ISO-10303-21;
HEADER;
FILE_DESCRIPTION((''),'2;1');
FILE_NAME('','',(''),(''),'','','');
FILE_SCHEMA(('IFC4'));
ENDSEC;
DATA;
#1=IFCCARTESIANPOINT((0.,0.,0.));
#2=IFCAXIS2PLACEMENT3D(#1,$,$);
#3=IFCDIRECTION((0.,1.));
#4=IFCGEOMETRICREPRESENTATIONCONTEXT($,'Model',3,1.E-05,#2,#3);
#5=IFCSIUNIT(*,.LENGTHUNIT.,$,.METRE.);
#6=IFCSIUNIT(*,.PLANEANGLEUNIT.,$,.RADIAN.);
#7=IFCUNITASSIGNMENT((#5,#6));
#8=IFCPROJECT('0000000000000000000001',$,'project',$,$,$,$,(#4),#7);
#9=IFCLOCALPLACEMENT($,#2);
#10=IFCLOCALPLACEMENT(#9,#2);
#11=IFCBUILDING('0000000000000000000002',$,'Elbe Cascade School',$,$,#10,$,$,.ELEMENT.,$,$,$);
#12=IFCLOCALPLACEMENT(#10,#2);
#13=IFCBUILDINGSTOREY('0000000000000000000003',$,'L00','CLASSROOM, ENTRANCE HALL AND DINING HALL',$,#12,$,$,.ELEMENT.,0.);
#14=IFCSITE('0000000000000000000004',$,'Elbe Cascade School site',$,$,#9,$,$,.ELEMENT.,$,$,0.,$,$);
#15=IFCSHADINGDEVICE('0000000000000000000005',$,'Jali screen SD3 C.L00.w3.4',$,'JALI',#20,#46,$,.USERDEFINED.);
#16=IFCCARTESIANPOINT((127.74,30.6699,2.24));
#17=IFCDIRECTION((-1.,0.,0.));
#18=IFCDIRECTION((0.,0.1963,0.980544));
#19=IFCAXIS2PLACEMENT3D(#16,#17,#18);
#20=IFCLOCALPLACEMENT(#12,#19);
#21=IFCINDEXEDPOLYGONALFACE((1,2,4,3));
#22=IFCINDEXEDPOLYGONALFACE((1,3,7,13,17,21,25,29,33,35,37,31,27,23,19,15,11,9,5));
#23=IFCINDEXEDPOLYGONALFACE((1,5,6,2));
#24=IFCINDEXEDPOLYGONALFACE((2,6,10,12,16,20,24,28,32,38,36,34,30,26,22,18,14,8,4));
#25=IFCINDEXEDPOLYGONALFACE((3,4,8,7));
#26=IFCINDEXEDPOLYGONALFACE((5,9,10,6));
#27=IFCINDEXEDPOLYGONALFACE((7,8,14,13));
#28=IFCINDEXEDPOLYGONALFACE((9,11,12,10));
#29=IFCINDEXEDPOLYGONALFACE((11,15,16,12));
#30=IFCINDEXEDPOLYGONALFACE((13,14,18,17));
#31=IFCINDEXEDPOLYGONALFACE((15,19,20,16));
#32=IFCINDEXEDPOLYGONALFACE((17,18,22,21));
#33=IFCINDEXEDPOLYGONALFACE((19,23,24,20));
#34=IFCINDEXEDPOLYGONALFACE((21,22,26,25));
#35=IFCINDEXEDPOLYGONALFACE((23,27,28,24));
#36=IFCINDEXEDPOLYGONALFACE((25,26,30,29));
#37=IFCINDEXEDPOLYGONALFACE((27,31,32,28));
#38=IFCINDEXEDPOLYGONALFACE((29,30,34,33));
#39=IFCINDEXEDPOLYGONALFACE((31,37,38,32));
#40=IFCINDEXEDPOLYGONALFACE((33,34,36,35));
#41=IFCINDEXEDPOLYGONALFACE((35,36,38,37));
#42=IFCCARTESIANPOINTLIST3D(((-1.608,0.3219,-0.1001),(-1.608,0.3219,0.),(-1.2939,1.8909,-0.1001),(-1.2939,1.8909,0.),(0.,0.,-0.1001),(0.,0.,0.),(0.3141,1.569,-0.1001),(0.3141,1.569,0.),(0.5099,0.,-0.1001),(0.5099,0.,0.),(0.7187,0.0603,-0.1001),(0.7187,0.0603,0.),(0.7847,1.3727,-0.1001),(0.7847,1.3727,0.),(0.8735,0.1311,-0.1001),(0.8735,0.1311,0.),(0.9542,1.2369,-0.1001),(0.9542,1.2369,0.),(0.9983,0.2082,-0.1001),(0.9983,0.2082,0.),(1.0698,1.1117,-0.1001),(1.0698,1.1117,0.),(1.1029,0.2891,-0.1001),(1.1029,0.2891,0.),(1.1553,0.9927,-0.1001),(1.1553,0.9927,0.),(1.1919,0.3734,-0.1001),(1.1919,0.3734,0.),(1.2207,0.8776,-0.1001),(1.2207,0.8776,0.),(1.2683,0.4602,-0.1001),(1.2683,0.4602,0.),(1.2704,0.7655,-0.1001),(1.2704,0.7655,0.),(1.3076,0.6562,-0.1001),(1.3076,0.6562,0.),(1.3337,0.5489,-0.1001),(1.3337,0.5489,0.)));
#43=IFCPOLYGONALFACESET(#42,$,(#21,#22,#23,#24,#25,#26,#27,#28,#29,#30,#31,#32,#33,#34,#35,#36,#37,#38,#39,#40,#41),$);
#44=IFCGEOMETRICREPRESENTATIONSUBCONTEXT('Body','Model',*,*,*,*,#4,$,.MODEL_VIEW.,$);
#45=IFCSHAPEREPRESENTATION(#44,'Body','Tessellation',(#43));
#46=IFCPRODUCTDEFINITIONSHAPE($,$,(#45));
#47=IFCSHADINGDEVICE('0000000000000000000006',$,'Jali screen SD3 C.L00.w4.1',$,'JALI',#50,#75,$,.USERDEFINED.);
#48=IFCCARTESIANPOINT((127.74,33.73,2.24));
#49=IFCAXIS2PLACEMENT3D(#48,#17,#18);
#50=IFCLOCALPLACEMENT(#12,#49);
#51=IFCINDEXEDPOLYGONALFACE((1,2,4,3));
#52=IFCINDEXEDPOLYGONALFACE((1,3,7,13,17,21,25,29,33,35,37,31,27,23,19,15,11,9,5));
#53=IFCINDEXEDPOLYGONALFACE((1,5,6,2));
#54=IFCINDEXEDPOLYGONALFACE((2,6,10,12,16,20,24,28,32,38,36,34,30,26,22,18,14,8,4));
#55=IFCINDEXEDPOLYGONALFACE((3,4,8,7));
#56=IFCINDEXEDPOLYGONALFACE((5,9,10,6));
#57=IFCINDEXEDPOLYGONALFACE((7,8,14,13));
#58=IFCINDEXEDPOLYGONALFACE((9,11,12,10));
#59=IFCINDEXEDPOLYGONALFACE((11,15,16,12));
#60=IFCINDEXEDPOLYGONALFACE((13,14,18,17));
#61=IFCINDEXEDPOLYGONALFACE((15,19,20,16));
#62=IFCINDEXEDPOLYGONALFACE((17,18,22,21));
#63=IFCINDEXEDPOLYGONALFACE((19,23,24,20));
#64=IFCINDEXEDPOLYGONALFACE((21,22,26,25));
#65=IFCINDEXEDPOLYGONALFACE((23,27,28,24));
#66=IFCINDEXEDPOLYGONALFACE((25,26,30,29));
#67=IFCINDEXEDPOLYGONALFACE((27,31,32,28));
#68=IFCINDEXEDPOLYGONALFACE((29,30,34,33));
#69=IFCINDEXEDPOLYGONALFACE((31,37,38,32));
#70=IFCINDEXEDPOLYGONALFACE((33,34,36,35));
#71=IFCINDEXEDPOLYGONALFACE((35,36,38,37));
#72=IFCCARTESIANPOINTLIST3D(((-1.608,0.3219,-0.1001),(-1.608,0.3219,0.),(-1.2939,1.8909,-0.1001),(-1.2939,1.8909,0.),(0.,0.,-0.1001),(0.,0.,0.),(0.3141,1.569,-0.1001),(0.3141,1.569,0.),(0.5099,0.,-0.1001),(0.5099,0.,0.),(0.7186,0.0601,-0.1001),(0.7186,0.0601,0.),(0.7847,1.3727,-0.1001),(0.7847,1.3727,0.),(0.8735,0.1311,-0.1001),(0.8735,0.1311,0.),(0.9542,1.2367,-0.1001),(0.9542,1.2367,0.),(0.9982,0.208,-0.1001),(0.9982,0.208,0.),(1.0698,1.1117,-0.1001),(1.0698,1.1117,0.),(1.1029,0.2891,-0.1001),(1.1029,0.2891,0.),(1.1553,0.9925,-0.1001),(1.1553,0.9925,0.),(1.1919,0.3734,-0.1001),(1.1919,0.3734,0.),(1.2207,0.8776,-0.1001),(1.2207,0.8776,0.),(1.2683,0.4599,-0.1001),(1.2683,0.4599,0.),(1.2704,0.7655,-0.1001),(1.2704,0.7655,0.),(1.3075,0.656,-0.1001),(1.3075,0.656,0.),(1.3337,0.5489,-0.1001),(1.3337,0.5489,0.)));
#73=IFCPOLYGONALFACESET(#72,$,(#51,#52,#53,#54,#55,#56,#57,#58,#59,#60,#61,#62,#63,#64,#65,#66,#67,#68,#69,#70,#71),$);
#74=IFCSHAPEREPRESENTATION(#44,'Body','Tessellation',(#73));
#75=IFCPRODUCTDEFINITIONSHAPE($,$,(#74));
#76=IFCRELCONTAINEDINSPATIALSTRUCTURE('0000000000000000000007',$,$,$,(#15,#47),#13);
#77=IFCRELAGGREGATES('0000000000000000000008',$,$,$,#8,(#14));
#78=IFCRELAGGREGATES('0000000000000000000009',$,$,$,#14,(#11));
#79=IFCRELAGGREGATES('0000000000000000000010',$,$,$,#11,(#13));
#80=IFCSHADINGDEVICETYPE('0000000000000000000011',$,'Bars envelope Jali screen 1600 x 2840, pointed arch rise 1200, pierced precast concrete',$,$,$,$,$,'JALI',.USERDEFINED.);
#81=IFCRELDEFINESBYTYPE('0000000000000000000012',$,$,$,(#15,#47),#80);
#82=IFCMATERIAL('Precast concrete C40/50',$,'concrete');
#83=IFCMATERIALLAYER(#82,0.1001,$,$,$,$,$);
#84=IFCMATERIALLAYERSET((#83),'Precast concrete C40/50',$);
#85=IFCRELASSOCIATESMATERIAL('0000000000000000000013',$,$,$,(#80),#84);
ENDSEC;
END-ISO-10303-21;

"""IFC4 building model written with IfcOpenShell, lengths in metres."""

from ifc_helpers import new_model, si_unit, direction, frame, origin, place, context, subcontext, project, spatial, polyline, outline, extrude, material, layer, layer_set, type_object, element, save


model = new_model("IFC4")

# Units and contexts
model_context = context("Model", 3, precision=1e-05, world=origin(), true_north=direction((0.0, 1.0)))
body_context = subcontext(model_context, "Body", "Model", "MODEL_VIEW")
ifc_project = project(units=[si_unit("LENGTHUNIT", "METRE"), si_unit("PLANEANGLEUNIT", "RADIAN")], contexts=[model_context])

# Site, building, storey
site_placement = place(None, origin())
site = spatial("IfcSite", under=ifc_project, at=site_placement, Name="Elbe Cascade School site", CompositionType="ELEMENT", RefElevation=0.0)
building_placement = place(site_placement, origin())
building = spatial("IfcBuilding", under=site, at=building_placement, Name="Elbe Cascade School", CompositionType="ELEMENT")
storey_placement = place(building_placement, origin())
storey = spatial("IfcBuildingStorey", under=building, at=storey_placement, Name="L00", Description="CLASSROOM, ENTRANCE HALL AND DINING HALL", CompositionType="ELEMENT", Elevation=0.0)

# Shading devices
ifc_material_1 = material(Name="Precast concrete C40/50", Category="concrete")
ifc_layer_1 = layer(ifc_material_1, 0.1001)
ifc_layer_set_1 = layer_set([ifc_layer_1], Name="Precast concrete C40/50")
shading_device_type = type_object("IfcShadingDeviceType", Name="Bars envelope Jali screen 1600 x 2840, pointed arch rise 1200, pierced precast concrete", ElementType="JALI", PredefinedType="USERDEFINED", material=ifc_layer_set_1)
shading_device_1_placement = place(storey_placement, frame((127.74, 30.6699, 2.24), z_axis=(-1.0, 0.0, 0.0), x_axis=(0.0, 0.1963, 0.980544)))
element("IfcShadingDevice", 1, at=shading_device_1_placement, inside=storey, type_object=shading_device_type, Name="Jali screen SD3 C.L00.w3.4", ObjectType="JALI", PredefinedType="USERDEFINED", context=body_context, shape_type="SweptSolid", body=[
    extrude(outline(polyline([(0.0, 0.0), (0.5099, 0.0), (0.7187, 0.0603), (0.8735, 0.1311), (0.9983, 0.2082), (1.1029, 0.2891), (1.1919, 0.3734), (1.2683, 0.4602), (1.3337, 0.5489), (1.3076, 0.6562), (1.2704, 0.7655), (1.2207, 0.8776), (1.1553, 0.9927), (1.0698, 1.1117), (0.9542, 1.2369), (0.7847, 1.3727), (0.3141, 1.569), (-1.2939, 1.8909), (-1.608, 0.3219), (0.0, 0.0)])), origin(), (0.0, 0.0, -1.0), 0.1001),
])
shading_device_2_placement = place(storey_placement, frame((127.74, 33.73, 2.24), z_axis=(-1.0, 0.0, 0.0), x_axis=(0.0, 0.1963, 0.980544)))
element("IfcShadingDevice", 2, at=shading_device_2_placement, inside=storey, type_object=shading_device_type, Name="Jali screen SD3 C.L00.w4.1", ObjectType="JALI", PredefinedType="USERDEFINED", context=body_context, shape_type="SweptSolid", body=[
    extrude(outline(polyline([(0.0, 0.0), (0.5099, 0.0), (0.7186, 0.0601), (0.8735, 0.1311), (0.9982, 0.208), (1.1029, 0.2891), (1.1919, 0.3734), (1.2683, 0.4599), (1.3337, 0.5489), (1.3075, 0.656), (1.2704, 0.7655), (1.2207, 0.8776), (1.1553, 0.9925), (1.0698, 1.1117), (0.9542, 1.2367), (0.7847, 1.3727), (0.3141, 1.569), (-1.2939, 1.8909), (-1.608, 0.3219), (0.0, 0.0)])), origin(), (0.0, 0.0, -1.0), 0.1001),
])

save(model, "model.ifc")
